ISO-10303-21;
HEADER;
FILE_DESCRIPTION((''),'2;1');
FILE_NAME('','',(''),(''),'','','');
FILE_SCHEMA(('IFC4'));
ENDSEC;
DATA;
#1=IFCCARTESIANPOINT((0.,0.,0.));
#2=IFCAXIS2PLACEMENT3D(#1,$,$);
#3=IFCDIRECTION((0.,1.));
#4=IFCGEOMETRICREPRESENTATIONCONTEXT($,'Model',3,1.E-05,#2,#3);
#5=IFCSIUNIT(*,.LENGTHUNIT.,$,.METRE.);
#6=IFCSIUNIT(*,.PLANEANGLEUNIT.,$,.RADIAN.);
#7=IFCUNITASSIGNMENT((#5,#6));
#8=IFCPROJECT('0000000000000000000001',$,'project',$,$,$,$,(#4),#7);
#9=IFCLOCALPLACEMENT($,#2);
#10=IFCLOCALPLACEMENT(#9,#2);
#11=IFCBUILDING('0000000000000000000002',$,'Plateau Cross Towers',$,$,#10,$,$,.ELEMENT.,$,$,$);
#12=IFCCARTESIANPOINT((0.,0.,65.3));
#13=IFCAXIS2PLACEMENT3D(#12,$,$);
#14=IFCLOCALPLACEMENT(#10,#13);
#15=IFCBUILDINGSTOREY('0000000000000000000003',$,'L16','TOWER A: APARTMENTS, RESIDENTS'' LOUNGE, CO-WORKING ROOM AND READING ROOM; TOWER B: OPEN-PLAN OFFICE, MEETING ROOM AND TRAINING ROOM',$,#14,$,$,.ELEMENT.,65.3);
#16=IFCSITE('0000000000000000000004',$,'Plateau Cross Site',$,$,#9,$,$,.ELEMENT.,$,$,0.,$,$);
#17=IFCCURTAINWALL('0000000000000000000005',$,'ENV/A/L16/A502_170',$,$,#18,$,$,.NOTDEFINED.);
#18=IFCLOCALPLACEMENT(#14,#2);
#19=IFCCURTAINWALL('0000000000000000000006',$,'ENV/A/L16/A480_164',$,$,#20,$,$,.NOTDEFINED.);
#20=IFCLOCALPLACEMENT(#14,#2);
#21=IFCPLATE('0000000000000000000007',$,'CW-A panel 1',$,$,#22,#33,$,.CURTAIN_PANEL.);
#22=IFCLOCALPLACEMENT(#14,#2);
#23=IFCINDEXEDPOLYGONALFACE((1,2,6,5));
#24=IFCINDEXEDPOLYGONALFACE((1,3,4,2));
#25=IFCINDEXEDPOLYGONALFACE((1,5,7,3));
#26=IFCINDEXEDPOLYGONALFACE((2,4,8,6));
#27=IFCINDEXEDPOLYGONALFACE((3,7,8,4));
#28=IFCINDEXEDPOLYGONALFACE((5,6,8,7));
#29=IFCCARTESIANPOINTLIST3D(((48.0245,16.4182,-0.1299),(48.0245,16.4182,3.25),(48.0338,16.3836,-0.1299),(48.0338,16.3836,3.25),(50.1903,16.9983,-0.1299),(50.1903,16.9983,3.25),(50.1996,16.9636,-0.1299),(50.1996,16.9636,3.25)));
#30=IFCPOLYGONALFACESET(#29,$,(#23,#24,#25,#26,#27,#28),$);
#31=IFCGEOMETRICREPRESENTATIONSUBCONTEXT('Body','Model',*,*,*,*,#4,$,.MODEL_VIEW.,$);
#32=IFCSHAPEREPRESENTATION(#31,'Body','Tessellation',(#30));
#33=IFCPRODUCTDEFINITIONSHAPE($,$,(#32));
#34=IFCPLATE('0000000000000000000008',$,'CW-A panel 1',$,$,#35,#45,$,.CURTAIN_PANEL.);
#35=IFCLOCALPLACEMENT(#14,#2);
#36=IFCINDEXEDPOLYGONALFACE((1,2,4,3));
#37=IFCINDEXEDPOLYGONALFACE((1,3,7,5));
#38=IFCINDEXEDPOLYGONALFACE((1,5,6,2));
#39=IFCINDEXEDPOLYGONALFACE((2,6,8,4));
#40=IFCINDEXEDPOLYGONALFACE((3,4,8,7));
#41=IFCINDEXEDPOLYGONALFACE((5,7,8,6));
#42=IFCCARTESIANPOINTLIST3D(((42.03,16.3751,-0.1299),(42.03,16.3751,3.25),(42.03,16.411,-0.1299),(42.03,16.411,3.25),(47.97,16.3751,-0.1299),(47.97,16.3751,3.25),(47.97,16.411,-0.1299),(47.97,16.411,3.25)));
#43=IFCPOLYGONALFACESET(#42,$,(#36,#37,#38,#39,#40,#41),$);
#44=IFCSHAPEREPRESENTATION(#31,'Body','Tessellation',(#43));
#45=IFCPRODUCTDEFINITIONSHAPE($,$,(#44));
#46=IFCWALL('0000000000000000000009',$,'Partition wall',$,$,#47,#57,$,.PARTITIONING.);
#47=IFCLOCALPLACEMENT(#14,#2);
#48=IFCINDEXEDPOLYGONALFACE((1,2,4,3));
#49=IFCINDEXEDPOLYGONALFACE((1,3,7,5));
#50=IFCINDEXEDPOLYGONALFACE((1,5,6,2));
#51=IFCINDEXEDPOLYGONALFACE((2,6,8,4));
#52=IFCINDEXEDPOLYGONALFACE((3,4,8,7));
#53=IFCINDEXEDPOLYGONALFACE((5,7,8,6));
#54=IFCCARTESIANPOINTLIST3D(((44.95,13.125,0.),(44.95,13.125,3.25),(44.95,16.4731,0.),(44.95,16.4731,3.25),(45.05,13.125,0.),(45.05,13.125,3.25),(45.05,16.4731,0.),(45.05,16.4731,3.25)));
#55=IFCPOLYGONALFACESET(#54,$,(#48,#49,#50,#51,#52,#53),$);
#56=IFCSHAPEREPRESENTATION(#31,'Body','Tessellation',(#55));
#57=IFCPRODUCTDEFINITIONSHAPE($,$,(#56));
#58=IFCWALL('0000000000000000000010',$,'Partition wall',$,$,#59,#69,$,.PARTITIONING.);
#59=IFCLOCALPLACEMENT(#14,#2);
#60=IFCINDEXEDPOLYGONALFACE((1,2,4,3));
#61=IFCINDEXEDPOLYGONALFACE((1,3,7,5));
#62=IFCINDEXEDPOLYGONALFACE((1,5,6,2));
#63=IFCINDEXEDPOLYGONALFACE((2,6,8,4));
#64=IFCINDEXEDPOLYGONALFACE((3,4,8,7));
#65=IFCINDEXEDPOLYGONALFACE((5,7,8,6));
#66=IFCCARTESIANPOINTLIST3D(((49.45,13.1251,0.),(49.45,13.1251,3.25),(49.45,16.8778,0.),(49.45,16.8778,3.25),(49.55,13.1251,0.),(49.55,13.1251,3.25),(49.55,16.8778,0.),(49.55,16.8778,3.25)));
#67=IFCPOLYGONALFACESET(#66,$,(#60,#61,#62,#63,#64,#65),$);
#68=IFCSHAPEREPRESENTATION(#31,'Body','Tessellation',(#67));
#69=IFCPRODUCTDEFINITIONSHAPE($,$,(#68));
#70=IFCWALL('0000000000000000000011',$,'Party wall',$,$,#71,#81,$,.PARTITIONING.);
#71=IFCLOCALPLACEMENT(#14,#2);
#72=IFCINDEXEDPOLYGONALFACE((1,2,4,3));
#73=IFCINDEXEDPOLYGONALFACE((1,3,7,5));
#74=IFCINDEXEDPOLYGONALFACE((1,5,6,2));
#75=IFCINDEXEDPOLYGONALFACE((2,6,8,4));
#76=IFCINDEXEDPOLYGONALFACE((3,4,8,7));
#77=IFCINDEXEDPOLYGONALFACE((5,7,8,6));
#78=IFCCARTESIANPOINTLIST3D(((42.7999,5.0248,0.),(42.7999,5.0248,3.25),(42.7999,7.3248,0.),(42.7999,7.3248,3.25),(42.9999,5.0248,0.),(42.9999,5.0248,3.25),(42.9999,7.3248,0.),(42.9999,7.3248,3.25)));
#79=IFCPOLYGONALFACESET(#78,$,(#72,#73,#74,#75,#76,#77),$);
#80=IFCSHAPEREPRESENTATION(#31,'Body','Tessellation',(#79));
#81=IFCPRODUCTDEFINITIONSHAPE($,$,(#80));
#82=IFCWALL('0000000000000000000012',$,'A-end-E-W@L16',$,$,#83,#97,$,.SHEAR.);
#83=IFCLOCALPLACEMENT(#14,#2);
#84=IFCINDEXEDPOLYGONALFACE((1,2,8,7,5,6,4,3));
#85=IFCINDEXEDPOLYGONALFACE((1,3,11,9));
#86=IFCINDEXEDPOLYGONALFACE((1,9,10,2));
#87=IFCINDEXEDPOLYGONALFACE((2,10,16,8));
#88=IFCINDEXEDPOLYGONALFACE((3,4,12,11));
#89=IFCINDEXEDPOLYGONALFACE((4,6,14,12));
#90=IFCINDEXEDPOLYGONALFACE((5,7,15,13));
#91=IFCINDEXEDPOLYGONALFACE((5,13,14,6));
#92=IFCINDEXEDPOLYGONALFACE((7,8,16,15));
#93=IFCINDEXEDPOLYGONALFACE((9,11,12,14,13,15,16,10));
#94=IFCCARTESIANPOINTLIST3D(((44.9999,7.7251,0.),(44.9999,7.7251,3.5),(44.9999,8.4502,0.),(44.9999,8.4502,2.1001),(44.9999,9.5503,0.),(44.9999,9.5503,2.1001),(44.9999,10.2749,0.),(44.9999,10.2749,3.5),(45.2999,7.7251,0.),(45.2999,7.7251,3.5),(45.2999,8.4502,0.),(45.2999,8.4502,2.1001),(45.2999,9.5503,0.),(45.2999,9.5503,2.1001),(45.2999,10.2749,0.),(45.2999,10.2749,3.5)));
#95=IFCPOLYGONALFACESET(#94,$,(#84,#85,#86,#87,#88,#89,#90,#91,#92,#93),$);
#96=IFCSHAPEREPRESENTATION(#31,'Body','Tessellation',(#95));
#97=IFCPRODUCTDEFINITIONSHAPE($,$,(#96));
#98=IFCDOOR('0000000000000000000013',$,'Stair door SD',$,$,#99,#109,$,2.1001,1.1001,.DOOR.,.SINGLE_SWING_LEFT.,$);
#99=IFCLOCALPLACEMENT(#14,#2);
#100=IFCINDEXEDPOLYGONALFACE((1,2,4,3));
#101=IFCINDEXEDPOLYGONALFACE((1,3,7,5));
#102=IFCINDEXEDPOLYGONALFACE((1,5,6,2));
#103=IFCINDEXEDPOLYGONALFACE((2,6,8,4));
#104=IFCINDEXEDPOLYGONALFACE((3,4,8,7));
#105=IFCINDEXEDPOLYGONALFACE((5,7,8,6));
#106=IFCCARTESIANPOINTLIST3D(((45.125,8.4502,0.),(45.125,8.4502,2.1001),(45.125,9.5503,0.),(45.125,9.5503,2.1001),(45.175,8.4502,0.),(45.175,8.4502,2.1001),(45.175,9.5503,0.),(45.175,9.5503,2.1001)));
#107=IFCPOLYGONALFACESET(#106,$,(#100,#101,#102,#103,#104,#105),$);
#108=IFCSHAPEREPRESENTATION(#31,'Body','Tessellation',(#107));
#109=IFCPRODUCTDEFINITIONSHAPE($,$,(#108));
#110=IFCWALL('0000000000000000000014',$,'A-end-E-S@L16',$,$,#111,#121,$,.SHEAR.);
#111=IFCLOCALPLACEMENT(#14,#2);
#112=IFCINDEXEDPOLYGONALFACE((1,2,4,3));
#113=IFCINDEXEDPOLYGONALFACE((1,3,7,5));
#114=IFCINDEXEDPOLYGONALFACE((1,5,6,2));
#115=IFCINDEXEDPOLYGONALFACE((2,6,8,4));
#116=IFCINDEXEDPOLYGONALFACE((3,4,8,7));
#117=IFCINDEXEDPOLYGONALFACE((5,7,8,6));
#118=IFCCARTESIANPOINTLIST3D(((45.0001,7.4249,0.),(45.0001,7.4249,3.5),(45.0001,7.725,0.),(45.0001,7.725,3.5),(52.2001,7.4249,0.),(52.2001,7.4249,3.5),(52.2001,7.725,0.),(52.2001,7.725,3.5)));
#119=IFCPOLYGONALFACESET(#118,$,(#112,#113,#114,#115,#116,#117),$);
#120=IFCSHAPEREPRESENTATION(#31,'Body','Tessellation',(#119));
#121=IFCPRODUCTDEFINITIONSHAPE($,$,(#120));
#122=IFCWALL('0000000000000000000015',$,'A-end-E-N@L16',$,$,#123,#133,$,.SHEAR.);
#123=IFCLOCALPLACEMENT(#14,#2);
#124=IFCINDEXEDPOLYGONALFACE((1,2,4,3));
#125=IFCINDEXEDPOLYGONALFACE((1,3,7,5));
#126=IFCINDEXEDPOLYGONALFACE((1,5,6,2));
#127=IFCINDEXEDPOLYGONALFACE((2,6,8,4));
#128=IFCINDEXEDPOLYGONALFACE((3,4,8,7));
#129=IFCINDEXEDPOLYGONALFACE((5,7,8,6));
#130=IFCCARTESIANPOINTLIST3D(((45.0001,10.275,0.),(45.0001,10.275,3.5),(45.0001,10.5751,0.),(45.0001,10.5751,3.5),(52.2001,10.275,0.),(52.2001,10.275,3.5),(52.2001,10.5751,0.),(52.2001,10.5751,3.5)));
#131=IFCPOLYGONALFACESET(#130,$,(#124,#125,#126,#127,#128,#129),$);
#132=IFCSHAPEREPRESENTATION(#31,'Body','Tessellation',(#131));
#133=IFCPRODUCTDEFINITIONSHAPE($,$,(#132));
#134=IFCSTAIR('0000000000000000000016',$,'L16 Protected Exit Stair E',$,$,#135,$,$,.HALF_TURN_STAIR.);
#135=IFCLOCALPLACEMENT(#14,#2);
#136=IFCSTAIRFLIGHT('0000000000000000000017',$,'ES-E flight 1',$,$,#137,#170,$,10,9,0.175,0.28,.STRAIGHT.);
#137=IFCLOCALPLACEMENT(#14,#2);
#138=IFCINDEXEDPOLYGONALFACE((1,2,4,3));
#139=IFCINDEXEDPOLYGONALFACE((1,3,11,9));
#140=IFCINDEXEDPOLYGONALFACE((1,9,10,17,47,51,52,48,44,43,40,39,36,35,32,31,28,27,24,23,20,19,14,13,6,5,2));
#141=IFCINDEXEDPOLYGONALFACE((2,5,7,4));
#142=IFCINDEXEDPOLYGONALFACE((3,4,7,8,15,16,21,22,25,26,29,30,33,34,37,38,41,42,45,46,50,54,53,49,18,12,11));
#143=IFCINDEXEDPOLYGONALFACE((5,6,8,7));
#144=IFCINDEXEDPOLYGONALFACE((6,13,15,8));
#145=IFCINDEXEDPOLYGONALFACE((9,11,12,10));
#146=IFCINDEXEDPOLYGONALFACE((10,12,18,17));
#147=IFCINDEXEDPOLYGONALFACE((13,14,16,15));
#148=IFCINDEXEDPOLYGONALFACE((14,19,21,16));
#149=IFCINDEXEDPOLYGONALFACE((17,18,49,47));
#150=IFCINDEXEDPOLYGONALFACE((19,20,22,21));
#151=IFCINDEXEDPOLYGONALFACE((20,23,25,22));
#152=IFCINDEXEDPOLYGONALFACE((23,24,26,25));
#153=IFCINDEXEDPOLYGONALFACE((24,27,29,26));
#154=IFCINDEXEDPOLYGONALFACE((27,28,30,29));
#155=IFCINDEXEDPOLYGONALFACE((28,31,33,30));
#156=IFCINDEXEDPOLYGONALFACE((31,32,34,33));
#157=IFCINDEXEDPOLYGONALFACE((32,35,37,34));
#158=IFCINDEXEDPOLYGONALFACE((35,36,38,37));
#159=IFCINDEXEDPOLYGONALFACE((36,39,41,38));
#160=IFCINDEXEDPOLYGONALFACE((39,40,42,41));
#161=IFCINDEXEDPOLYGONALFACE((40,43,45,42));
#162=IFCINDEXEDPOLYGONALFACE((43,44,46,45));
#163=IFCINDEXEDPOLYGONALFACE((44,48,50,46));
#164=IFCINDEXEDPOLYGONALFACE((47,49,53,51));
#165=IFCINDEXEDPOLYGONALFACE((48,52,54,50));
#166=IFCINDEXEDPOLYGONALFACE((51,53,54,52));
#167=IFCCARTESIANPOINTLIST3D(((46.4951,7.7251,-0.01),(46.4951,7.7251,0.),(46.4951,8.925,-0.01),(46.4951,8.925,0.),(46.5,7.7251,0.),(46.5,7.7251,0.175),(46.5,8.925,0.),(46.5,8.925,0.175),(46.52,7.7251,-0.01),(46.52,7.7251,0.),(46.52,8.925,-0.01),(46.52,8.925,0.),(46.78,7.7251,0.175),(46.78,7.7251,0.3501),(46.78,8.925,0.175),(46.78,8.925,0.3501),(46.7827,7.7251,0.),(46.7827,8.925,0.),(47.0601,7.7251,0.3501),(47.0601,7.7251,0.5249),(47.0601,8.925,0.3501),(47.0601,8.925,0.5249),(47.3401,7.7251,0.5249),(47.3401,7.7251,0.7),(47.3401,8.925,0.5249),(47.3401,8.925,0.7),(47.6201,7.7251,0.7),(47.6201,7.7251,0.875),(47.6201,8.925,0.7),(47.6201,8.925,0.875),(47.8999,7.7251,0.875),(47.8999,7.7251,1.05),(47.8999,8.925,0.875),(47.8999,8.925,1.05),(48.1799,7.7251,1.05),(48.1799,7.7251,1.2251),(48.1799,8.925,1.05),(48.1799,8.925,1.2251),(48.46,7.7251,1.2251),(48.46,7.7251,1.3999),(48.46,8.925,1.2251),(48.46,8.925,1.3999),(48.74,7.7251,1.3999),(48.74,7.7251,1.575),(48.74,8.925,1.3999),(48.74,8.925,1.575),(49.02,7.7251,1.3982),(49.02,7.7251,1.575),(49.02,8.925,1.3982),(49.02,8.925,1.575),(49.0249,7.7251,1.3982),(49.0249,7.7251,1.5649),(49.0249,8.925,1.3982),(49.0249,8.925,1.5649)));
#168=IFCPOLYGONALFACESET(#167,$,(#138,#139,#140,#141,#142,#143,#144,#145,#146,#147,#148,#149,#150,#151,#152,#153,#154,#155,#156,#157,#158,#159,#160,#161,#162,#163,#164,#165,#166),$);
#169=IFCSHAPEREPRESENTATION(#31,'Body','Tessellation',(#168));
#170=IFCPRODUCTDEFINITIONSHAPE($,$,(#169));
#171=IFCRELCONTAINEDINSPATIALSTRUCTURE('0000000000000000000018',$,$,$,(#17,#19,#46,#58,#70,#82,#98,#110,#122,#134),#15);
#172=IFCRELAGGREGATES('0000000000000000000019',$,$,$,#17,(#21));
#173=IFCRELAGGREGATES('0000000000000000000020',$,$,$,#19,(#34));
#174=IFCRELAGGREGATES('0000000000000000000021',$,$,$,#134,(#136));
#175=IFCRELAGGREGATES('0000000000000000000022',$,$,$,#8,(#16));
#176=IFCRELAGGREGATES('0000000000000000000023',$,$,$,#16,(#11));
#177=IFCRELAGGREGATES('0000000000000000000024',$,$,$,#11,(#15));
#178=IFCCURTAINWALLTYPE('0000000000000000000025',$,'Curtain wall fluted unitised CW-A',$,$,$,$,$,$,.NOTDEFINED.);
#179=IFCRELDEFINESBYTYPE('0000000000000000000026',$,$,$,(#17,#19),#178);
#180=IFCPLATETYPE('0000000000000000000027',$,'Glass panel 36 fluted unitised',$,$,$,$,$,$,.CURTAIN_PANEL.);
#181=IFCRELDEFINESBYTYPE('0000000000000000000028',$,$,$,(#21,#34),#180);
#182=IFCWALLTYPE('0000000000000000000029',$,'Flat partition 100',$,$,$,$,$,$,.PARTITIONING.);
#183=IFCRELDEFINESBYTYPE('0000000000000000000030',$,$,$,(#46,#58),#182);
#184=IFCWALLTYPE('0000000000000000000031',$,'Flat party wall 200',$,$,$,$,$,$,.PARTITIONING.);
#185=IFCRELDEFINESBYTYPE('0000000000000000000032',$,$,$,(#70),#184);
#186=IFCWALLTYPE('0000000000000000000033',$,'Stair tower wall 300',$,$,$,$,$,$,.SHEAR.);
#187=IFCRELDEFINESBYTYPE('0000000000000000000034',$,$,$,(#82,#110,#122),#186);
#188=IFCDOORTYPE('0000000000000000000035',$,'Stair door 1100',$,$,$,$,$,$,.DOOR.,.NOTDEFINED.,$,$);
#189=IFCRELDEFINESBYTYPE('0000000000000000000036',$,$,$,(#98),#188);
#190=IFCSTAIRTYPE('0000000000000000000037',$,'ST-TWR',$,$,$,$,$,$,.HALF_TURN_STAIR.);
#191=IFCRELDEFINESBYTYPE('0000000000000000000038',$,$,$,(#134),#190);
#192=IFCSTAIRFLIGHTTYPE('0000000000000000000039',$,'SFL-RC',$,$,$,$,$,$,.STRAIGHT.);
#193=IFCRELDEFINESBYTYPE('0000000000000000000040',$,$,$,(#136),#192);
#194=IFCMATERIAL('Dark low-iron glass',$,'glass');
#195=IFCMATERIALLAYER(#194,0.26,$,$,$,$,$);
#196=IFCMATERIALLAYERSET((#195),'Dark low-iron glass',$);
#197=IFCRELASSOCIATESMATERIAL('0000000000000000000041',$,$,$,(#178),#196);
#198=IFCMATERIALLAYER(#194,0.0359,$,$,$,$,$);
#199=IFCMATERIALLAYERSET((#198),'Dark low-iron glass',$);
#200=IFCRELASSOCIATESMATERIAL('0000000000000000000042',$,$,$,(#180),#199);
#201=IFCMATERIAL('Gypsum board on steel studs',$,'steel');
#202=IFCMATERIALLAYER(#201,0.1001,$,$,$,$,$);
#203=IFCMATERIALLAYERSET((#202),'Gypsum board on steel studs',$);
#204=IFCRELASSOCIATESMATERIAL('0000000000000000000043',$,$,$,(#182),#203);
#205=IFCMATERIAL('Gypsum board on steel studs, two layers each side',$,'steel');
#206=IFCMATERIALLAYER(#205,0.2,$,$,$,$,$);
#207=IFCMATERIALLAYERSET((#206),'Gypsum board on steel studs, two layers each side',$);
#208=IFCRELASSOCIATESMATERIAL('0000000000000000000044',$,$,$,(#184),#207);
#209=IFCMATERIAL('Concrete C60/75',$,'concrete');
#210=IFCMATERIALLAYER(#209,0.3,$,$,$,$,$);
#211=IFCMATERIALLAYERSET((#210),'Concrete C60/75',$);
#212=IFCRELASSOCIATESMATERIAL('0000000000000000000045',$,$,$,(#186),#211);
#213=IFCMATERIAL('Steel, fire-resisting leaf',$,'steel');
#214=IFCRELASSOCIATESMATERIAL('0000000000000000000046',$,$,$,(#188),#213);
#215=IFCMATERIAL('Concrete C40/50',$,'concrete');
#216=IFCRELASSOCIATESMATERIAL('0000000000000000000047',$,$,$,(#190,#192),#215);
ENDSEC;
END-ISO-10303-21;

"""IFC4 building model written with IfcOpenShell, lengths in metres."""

from ifc_helpers import new_model, si_unit, direction, frame, frame_2d, origin, origin_2d, place, context, subcontext, project, spatial, polyline, rectangle, outline, extrude, material, layer, layer_set, type_object, element, fill, aggregate, save


model = new_model("IFC4")

# Units and contexts
model_context = context("Model", 3, precision=1e-05, world=origin(), true_north=direction((0.0, 1.0)))
body_context = subcontext(model_context, "Body", "Model", "MODEL_VIEW")
ifc_project = project(units=[si_unit("LENGTHUNIT", "METRE"), si_unit("PLANEANGLEUNIT", "RADIAN")], contexts=[model_context])

# Site, building, storey
site_placement = place(None, origin())
site = spatial("IfcSite", under=ifc_project, at=site_placement, Name="Plateau Cross Site", CompositionType="ELEMENT", RefElevation=0.0)
building_placement = place(site_placement, origin())
building = spatial("IfcBuilding", under=site, at=building_placement, Name="Plateau Cross Towers", CompositionType="ELEMENT")
storey_placement = place(building_placement, frame((0.0, 0.0, 65.3)))
storey = spatial("IfcBuildingStorey", under=building, at=storey_placement, Name="L16", Description="TOWER A: APARTMENTS, RESIDENTS' LOUNGE, CO-WORKING ROOM AND READING ROOM; TOWER B: OPEN-PLAN OFFICE, MEETING ROOM AND TRAINING ROOM", CompositionType="ELEMENT", Elevation=65.3)

# Curtain walls
ifc_material_1 = material(Name="Dark low-iron glass", Category="glass")
ifc_layer_1 = layer(ifc_material_1, 0.26)
ifc_layer_set_1 = layer_set([ifc_layer_1], Name="Dark low-iron glass")
curtain_wall_type_1 = type_object("IfcCurtainWallType", Name="Curtain wall fluted unitised CW-A", PredefinedType="NOTDEFINED", material=ifc_layer_set_1)
curtain_wall_1_placement = place(storey_placement, origin())
curtain_wall_1 = element("IfcCurtainWall", 1, at=curtain_wall_1_placement, inside=storey, type_object=curtain_wall_type_1, Name="ENV/A/L16/A502_170", PredefinedType="NOTDEFINED")
curtain_wall_2_placement = place(storey_placement, origin())
curtain_wall_2 = element("IfcCurtainWall", 2, at=curtain_wall_2_placement, inside=storey, type_object=curtain_wall_type_1, Name="ENV/A/L16/A480_164", PredefinedType="NOTDEFINED")

# Shared definitions
ifc_layer_2 = layer(ifc_material_1, 0.0359)
ifc_layer_set_2 = layer_set([ifc_layer_2], Name="Dark low-iron glass")
plate_type_1 = type_object("IfcPlateType", Name="Glass panel 36 fluted unitised", PredefinedType="CURTAIN_PANEL", material=ifc_layer_set_2)

# Plates
plate_1_placement = place(storey_placement, frame((49.1121, 16.6909, -0.1299), z_axis=(0.0, 0.0, 1.0), x_axis=(-0.965958, -0.258699, 0.0)))
plate_1 = element("IfcPlate", 3, at=plate_1_placement, type_object=plate_type_1, Name="CW-A panel 1", PredefinedType="CURTAIN_PANEL", context=body_context, shape_type="SweptSolid", body=[
    extrude(rectangle(XDim=2.2422, YDim=0.0359, at=origin_2d()), origin(), (0.0, 0.0, 1.0), 3.3799),
])
aggregate(curtain_wall_1, [plate_1])
plate_2_placement = place(storey_placement, frame((45.0, 16.3931, -0.1299), z_axis=(0.0, 0.0, 1.0), x_axis=(-1.0, 0.0, 0.0)))
plate_2 = element("IfcPlate", 4, at=plate_2_placement, type_object=plate_type_1, Name="CW-A panel 1", PredefinedType="CURTAIN_PANEL", context=body_context, shape_type="SweptSolid", body=[
    extrude(rectangle(XDim=5.9399, YDim=0.0359, at=origin_2d()), origin(), (0.0, 0.0, 1.0), 3.3799),
])
aggregate(curtain_wall_2, [plate_2])

# Walls
ifc_material_2 = material(Name="Gypsum board on steel studs", Category="steel")
ifc_layer_3 = layer(ifc_material_2, 0.1001)
ifc_layer_set_3 = layer_set([ifc_layer_3], Name="Gypsum board on steel studs")
wall_type_1 = type_object("IfcWallType", Name="Flat partition 100", PredefinedType="PARTITIONING", material=ifc_layer_set_3)
wall_1_placement = place(storey_placement, frame((45.0, 13.125, 0.0), z_axis=(0.0, 0.0, 1.0), x_axis=(0.0, 1.0, 0.0)))
element("IfcWall", 5, at=wall_1_placement, inside=storey, type_object=wall_type_1, Name="Partition wall", PredefinedType="PARTITIONING", context=body_context, shape_type="SweptSolid", body=[
    extrude(rectangle(XDim=3.3481, YDim=0.1001, at=frame_2d((1.6741, 0.0))), origin(), (0.0, 0.0, 1.0), 3.25),
])
wall_2_placement = place(storey_placement, frame((49.5, 13.125, 0.0), z_axis=(0.0, 0.0, 1.0), x_axis=(0.0, 1.0, 0.0)))
element("IfcWall", 6, at=wall_2_placement, inside=storey, type_object=wall_type_1, Name="Partition wall", PredefinedType="PARTITIONING", context=body_context, shape_type="SweptSolid", body=[
    extrude(rectangle(XDim=3.7527, YDim=0.1001, at=frame_2d((1.8765, 0.0))), origin(), (0.0, 0.0, 1.0), 3.25),
])
ifc_material_3 = material(Name="Gypsum board on steel studs, two layers each side", Category="steel")
ifc_layer_4 = layer(ifc_material_3, 0.2)
ifc_layer_set_4 = layer_set([ifc_layer_4], Name="Gypsum board on steel studs, two layers each side")
wall_type_2 = type_object("IfcWallType", Name="Flat party wall 200", PredefinedType="PARTITIONING", material=ifc_layer_set_4)
wall_3_placement = place(storey_placement, frame((42.8999, 5.0249, 0.0), z_axis=(0.0, 0.0, 1.0), x_axis=(0.0, 1.0, 0.0)))
element("IfcWall", 7, at=wall_3_placement, inside=storey, type_object=wall_type_2, Name="Party wall", PredefinedType="PARTITIONING", context=body_context, shape_type="SweptSolid", body=[
    extrude(rectangle(XDim=2.3, YDim=0.2, at=frame_2d((1.1499, 0.0))), origin(), (0.0, 0.0, 1.0), 3.25),
])

# Wall, opening, door
ifc_material_4 = material(Name="Concrete C60/75", Category="concrete")
ifc_layer_5 = layer(ifc_material_4, 0.3)
ifc_layer_set_5 = layer_set([ifc_layer_5], Name="Concrete C60/75")
wall_type_3 = type_object("IfcWallType", Name="Stair tower wall 300", PredefinedType="SHEAR", material=ifc_layer_set_5)
wall_4_placement = place(storey_placement, frame((45.1499, 7.7251, 0.0), z_axis=(0.0, 0.0, 1.0), x_axis=(0.0, 1.0, 0.0)))
wall_4 = element("IfcWall", 8, at=wall_4_placement, inside=storey, type_object=wall_type_3, Name="A-end-E-W@L16", PredefinedType="SHEAR", context=body_context, shape_type="SweptSolid", body=[
    extrude(rectangle(XDim=2.5498, YDim=0.3, at=frame_2d((1.2749, 0.0))), origin(), (0.0, 0.0, 1.0), 3.5),
])
opening_placement = place(wall_4_placement, frame((0.7251, 0.0, 0.0)))
opening = element("IfcOpeningElement", 9, at=opening_placement, cuts=wall_4, PredefinedType="OPENING", context=body_context, shape_type="SweptSolid", body=[
    extrude(rectangle(XDim=1.1001, YDim=2.1001, at=frame_2d((0.55, 1.05))), frame((0.0, 0.1599, 0.0), z_axis=(0.0, -1.0, 0.0), x_axis=(1.0, 0.0, 0.0)), (0.0, 0.0, 1.0), 0.3201),
])
ifc_material_5 = material(Name="Steel, fire-resisting leaf", Category="steel")
door_type = type_object("IfcDoorType", Name="Stair door 1100", OperationType="NOTDEFINED", PredefinedType="DOOR", material=ifc_material_5)
door_placement = place(opening_placement, origin())
door = element("IfcDoor", 10, at=door_placement, inside=storey, type_object=door_type, Name="Stair door SD", OperationType="SINGLE_SWING_LEFT", OverallHeight=2.1001, OverallWidth=1.1001, PredefinedType="DOOR", context=body_context, shape_type="SweptSolid", body=[
    extrude(rectangle(XDim=1.1001, YDim=2.1001, at=frame_2d((0.55, 1.05))), frame((0.0, 0.0249, 0.0), z_axis=(0.0, -1.0, 0.0), x_axis=(1.0, 0.0, 0.0)), (0.0, 0.0, 1.0), 0.05),
])
fill(opening, door)

# Walls
for number, where, z_axis, x_axis, name in (
    (11, (45.0, 7.575, 0.0), (0.0, 0.0, 1.0), (1.0, 0.0, 0.0), "A-end-E-S@L16"),
    (12, (45.0, 10.425, 0.0), (0.0, 0.0, 1.0), (1.0, 0.0, 0.0), "A-end-E-N@L16"),
):
    element("IfcWall", number, at=place(storey_placement, frame(where, z_axis=z_axis, x_axis=x_axis)), inside=storey, type_object=wall_type_3, Name=name, PredefinedType="SHEAR", context=body_context, shape_type="SweptSolid", body=[
        extrude(rectangle(XDim=7.2, YDim=0.3, at=frame_2d((3.6001, 0.0))), origin(), (0.0, 0.0, 1.0), 3.5),
    ])

# Stair, stair flight
ifc_material_6 = material(Name="Concrete C40/50", Category="concrete")
stair_type = type_object("IfcStairType", Name="ST-TWR", PredefinedType="HALF_TURN_STAIR", material=ifc_material_6)
stair_placement = place(storey_placement, origin())
stair = element("IfcStair", 13, at=stair_placement, inside=storey, type_object=stair_type, Name="L16 Protected Exit Stair E", PredefinedType="HALF_TURN_STAIR")
stair_flight_type = type_object("IfcStairFlightType", Name="SFL-RC", PredefinedType="STRAIGHT", material=ifc_material_6)
stair_flight_1_placement = place(storey_placement, frame((46.5, 8.325, 0.0), z_axis=(0.0, 0.0, 1.0), x_axis=(1.0, 0.0, 0.0)))
stair_flight_1 = element("IfcStairFlight", 14, at=stair_flight_1_placement, type_object=stair_flight_type, Name="ES-E flight 1", NumberOfRisers=10, NumberOfTreads=9, PredefinedType="STRAIGHT", RiserHeight=0.175, TreadLength=0.28, context=body_context, shape_type="SweptSolid", body=[
    extrude(outline(polyline([(-0.0049, -0.01), (-0.0049, 0.0), (0.0, 0.0), (0.0, 0.175), (0.28, 0.175), (0.28, 0.3501), (0.5601, 0.3501), (0.5601, 0.5249), (0.8401, 0.5249), (0.8401, 0.7), (1.1201, 0.7), (1.1201, 0.875), (1.3999, 0.875), (1.3999, 1.05), (1.6799, 1.05), (1.6799, 1.2251), (1.96, 1.2251), (1.96, 1.3999), (2.24, 1.3999), (2.24, 1.575), (2.52, 1.575), (2.5249, 1.5649), (2.5249, 1.3982), (2.52, 1.3982), (0.2827, 0.0), (0.02, 0.0), (0.02, -0.01), (-0.0049, -0.01)])), frame((0.0, 0.6001, 0.0), z_axis=(0.0, -1.0, 0.0), x_axis=(1.0, 0.0, 0.0)), (0.0, 0.0, 1.0), 1.2),
])
aggregate(stair, [stair_flight_1])

save(model, "model.ifc")
